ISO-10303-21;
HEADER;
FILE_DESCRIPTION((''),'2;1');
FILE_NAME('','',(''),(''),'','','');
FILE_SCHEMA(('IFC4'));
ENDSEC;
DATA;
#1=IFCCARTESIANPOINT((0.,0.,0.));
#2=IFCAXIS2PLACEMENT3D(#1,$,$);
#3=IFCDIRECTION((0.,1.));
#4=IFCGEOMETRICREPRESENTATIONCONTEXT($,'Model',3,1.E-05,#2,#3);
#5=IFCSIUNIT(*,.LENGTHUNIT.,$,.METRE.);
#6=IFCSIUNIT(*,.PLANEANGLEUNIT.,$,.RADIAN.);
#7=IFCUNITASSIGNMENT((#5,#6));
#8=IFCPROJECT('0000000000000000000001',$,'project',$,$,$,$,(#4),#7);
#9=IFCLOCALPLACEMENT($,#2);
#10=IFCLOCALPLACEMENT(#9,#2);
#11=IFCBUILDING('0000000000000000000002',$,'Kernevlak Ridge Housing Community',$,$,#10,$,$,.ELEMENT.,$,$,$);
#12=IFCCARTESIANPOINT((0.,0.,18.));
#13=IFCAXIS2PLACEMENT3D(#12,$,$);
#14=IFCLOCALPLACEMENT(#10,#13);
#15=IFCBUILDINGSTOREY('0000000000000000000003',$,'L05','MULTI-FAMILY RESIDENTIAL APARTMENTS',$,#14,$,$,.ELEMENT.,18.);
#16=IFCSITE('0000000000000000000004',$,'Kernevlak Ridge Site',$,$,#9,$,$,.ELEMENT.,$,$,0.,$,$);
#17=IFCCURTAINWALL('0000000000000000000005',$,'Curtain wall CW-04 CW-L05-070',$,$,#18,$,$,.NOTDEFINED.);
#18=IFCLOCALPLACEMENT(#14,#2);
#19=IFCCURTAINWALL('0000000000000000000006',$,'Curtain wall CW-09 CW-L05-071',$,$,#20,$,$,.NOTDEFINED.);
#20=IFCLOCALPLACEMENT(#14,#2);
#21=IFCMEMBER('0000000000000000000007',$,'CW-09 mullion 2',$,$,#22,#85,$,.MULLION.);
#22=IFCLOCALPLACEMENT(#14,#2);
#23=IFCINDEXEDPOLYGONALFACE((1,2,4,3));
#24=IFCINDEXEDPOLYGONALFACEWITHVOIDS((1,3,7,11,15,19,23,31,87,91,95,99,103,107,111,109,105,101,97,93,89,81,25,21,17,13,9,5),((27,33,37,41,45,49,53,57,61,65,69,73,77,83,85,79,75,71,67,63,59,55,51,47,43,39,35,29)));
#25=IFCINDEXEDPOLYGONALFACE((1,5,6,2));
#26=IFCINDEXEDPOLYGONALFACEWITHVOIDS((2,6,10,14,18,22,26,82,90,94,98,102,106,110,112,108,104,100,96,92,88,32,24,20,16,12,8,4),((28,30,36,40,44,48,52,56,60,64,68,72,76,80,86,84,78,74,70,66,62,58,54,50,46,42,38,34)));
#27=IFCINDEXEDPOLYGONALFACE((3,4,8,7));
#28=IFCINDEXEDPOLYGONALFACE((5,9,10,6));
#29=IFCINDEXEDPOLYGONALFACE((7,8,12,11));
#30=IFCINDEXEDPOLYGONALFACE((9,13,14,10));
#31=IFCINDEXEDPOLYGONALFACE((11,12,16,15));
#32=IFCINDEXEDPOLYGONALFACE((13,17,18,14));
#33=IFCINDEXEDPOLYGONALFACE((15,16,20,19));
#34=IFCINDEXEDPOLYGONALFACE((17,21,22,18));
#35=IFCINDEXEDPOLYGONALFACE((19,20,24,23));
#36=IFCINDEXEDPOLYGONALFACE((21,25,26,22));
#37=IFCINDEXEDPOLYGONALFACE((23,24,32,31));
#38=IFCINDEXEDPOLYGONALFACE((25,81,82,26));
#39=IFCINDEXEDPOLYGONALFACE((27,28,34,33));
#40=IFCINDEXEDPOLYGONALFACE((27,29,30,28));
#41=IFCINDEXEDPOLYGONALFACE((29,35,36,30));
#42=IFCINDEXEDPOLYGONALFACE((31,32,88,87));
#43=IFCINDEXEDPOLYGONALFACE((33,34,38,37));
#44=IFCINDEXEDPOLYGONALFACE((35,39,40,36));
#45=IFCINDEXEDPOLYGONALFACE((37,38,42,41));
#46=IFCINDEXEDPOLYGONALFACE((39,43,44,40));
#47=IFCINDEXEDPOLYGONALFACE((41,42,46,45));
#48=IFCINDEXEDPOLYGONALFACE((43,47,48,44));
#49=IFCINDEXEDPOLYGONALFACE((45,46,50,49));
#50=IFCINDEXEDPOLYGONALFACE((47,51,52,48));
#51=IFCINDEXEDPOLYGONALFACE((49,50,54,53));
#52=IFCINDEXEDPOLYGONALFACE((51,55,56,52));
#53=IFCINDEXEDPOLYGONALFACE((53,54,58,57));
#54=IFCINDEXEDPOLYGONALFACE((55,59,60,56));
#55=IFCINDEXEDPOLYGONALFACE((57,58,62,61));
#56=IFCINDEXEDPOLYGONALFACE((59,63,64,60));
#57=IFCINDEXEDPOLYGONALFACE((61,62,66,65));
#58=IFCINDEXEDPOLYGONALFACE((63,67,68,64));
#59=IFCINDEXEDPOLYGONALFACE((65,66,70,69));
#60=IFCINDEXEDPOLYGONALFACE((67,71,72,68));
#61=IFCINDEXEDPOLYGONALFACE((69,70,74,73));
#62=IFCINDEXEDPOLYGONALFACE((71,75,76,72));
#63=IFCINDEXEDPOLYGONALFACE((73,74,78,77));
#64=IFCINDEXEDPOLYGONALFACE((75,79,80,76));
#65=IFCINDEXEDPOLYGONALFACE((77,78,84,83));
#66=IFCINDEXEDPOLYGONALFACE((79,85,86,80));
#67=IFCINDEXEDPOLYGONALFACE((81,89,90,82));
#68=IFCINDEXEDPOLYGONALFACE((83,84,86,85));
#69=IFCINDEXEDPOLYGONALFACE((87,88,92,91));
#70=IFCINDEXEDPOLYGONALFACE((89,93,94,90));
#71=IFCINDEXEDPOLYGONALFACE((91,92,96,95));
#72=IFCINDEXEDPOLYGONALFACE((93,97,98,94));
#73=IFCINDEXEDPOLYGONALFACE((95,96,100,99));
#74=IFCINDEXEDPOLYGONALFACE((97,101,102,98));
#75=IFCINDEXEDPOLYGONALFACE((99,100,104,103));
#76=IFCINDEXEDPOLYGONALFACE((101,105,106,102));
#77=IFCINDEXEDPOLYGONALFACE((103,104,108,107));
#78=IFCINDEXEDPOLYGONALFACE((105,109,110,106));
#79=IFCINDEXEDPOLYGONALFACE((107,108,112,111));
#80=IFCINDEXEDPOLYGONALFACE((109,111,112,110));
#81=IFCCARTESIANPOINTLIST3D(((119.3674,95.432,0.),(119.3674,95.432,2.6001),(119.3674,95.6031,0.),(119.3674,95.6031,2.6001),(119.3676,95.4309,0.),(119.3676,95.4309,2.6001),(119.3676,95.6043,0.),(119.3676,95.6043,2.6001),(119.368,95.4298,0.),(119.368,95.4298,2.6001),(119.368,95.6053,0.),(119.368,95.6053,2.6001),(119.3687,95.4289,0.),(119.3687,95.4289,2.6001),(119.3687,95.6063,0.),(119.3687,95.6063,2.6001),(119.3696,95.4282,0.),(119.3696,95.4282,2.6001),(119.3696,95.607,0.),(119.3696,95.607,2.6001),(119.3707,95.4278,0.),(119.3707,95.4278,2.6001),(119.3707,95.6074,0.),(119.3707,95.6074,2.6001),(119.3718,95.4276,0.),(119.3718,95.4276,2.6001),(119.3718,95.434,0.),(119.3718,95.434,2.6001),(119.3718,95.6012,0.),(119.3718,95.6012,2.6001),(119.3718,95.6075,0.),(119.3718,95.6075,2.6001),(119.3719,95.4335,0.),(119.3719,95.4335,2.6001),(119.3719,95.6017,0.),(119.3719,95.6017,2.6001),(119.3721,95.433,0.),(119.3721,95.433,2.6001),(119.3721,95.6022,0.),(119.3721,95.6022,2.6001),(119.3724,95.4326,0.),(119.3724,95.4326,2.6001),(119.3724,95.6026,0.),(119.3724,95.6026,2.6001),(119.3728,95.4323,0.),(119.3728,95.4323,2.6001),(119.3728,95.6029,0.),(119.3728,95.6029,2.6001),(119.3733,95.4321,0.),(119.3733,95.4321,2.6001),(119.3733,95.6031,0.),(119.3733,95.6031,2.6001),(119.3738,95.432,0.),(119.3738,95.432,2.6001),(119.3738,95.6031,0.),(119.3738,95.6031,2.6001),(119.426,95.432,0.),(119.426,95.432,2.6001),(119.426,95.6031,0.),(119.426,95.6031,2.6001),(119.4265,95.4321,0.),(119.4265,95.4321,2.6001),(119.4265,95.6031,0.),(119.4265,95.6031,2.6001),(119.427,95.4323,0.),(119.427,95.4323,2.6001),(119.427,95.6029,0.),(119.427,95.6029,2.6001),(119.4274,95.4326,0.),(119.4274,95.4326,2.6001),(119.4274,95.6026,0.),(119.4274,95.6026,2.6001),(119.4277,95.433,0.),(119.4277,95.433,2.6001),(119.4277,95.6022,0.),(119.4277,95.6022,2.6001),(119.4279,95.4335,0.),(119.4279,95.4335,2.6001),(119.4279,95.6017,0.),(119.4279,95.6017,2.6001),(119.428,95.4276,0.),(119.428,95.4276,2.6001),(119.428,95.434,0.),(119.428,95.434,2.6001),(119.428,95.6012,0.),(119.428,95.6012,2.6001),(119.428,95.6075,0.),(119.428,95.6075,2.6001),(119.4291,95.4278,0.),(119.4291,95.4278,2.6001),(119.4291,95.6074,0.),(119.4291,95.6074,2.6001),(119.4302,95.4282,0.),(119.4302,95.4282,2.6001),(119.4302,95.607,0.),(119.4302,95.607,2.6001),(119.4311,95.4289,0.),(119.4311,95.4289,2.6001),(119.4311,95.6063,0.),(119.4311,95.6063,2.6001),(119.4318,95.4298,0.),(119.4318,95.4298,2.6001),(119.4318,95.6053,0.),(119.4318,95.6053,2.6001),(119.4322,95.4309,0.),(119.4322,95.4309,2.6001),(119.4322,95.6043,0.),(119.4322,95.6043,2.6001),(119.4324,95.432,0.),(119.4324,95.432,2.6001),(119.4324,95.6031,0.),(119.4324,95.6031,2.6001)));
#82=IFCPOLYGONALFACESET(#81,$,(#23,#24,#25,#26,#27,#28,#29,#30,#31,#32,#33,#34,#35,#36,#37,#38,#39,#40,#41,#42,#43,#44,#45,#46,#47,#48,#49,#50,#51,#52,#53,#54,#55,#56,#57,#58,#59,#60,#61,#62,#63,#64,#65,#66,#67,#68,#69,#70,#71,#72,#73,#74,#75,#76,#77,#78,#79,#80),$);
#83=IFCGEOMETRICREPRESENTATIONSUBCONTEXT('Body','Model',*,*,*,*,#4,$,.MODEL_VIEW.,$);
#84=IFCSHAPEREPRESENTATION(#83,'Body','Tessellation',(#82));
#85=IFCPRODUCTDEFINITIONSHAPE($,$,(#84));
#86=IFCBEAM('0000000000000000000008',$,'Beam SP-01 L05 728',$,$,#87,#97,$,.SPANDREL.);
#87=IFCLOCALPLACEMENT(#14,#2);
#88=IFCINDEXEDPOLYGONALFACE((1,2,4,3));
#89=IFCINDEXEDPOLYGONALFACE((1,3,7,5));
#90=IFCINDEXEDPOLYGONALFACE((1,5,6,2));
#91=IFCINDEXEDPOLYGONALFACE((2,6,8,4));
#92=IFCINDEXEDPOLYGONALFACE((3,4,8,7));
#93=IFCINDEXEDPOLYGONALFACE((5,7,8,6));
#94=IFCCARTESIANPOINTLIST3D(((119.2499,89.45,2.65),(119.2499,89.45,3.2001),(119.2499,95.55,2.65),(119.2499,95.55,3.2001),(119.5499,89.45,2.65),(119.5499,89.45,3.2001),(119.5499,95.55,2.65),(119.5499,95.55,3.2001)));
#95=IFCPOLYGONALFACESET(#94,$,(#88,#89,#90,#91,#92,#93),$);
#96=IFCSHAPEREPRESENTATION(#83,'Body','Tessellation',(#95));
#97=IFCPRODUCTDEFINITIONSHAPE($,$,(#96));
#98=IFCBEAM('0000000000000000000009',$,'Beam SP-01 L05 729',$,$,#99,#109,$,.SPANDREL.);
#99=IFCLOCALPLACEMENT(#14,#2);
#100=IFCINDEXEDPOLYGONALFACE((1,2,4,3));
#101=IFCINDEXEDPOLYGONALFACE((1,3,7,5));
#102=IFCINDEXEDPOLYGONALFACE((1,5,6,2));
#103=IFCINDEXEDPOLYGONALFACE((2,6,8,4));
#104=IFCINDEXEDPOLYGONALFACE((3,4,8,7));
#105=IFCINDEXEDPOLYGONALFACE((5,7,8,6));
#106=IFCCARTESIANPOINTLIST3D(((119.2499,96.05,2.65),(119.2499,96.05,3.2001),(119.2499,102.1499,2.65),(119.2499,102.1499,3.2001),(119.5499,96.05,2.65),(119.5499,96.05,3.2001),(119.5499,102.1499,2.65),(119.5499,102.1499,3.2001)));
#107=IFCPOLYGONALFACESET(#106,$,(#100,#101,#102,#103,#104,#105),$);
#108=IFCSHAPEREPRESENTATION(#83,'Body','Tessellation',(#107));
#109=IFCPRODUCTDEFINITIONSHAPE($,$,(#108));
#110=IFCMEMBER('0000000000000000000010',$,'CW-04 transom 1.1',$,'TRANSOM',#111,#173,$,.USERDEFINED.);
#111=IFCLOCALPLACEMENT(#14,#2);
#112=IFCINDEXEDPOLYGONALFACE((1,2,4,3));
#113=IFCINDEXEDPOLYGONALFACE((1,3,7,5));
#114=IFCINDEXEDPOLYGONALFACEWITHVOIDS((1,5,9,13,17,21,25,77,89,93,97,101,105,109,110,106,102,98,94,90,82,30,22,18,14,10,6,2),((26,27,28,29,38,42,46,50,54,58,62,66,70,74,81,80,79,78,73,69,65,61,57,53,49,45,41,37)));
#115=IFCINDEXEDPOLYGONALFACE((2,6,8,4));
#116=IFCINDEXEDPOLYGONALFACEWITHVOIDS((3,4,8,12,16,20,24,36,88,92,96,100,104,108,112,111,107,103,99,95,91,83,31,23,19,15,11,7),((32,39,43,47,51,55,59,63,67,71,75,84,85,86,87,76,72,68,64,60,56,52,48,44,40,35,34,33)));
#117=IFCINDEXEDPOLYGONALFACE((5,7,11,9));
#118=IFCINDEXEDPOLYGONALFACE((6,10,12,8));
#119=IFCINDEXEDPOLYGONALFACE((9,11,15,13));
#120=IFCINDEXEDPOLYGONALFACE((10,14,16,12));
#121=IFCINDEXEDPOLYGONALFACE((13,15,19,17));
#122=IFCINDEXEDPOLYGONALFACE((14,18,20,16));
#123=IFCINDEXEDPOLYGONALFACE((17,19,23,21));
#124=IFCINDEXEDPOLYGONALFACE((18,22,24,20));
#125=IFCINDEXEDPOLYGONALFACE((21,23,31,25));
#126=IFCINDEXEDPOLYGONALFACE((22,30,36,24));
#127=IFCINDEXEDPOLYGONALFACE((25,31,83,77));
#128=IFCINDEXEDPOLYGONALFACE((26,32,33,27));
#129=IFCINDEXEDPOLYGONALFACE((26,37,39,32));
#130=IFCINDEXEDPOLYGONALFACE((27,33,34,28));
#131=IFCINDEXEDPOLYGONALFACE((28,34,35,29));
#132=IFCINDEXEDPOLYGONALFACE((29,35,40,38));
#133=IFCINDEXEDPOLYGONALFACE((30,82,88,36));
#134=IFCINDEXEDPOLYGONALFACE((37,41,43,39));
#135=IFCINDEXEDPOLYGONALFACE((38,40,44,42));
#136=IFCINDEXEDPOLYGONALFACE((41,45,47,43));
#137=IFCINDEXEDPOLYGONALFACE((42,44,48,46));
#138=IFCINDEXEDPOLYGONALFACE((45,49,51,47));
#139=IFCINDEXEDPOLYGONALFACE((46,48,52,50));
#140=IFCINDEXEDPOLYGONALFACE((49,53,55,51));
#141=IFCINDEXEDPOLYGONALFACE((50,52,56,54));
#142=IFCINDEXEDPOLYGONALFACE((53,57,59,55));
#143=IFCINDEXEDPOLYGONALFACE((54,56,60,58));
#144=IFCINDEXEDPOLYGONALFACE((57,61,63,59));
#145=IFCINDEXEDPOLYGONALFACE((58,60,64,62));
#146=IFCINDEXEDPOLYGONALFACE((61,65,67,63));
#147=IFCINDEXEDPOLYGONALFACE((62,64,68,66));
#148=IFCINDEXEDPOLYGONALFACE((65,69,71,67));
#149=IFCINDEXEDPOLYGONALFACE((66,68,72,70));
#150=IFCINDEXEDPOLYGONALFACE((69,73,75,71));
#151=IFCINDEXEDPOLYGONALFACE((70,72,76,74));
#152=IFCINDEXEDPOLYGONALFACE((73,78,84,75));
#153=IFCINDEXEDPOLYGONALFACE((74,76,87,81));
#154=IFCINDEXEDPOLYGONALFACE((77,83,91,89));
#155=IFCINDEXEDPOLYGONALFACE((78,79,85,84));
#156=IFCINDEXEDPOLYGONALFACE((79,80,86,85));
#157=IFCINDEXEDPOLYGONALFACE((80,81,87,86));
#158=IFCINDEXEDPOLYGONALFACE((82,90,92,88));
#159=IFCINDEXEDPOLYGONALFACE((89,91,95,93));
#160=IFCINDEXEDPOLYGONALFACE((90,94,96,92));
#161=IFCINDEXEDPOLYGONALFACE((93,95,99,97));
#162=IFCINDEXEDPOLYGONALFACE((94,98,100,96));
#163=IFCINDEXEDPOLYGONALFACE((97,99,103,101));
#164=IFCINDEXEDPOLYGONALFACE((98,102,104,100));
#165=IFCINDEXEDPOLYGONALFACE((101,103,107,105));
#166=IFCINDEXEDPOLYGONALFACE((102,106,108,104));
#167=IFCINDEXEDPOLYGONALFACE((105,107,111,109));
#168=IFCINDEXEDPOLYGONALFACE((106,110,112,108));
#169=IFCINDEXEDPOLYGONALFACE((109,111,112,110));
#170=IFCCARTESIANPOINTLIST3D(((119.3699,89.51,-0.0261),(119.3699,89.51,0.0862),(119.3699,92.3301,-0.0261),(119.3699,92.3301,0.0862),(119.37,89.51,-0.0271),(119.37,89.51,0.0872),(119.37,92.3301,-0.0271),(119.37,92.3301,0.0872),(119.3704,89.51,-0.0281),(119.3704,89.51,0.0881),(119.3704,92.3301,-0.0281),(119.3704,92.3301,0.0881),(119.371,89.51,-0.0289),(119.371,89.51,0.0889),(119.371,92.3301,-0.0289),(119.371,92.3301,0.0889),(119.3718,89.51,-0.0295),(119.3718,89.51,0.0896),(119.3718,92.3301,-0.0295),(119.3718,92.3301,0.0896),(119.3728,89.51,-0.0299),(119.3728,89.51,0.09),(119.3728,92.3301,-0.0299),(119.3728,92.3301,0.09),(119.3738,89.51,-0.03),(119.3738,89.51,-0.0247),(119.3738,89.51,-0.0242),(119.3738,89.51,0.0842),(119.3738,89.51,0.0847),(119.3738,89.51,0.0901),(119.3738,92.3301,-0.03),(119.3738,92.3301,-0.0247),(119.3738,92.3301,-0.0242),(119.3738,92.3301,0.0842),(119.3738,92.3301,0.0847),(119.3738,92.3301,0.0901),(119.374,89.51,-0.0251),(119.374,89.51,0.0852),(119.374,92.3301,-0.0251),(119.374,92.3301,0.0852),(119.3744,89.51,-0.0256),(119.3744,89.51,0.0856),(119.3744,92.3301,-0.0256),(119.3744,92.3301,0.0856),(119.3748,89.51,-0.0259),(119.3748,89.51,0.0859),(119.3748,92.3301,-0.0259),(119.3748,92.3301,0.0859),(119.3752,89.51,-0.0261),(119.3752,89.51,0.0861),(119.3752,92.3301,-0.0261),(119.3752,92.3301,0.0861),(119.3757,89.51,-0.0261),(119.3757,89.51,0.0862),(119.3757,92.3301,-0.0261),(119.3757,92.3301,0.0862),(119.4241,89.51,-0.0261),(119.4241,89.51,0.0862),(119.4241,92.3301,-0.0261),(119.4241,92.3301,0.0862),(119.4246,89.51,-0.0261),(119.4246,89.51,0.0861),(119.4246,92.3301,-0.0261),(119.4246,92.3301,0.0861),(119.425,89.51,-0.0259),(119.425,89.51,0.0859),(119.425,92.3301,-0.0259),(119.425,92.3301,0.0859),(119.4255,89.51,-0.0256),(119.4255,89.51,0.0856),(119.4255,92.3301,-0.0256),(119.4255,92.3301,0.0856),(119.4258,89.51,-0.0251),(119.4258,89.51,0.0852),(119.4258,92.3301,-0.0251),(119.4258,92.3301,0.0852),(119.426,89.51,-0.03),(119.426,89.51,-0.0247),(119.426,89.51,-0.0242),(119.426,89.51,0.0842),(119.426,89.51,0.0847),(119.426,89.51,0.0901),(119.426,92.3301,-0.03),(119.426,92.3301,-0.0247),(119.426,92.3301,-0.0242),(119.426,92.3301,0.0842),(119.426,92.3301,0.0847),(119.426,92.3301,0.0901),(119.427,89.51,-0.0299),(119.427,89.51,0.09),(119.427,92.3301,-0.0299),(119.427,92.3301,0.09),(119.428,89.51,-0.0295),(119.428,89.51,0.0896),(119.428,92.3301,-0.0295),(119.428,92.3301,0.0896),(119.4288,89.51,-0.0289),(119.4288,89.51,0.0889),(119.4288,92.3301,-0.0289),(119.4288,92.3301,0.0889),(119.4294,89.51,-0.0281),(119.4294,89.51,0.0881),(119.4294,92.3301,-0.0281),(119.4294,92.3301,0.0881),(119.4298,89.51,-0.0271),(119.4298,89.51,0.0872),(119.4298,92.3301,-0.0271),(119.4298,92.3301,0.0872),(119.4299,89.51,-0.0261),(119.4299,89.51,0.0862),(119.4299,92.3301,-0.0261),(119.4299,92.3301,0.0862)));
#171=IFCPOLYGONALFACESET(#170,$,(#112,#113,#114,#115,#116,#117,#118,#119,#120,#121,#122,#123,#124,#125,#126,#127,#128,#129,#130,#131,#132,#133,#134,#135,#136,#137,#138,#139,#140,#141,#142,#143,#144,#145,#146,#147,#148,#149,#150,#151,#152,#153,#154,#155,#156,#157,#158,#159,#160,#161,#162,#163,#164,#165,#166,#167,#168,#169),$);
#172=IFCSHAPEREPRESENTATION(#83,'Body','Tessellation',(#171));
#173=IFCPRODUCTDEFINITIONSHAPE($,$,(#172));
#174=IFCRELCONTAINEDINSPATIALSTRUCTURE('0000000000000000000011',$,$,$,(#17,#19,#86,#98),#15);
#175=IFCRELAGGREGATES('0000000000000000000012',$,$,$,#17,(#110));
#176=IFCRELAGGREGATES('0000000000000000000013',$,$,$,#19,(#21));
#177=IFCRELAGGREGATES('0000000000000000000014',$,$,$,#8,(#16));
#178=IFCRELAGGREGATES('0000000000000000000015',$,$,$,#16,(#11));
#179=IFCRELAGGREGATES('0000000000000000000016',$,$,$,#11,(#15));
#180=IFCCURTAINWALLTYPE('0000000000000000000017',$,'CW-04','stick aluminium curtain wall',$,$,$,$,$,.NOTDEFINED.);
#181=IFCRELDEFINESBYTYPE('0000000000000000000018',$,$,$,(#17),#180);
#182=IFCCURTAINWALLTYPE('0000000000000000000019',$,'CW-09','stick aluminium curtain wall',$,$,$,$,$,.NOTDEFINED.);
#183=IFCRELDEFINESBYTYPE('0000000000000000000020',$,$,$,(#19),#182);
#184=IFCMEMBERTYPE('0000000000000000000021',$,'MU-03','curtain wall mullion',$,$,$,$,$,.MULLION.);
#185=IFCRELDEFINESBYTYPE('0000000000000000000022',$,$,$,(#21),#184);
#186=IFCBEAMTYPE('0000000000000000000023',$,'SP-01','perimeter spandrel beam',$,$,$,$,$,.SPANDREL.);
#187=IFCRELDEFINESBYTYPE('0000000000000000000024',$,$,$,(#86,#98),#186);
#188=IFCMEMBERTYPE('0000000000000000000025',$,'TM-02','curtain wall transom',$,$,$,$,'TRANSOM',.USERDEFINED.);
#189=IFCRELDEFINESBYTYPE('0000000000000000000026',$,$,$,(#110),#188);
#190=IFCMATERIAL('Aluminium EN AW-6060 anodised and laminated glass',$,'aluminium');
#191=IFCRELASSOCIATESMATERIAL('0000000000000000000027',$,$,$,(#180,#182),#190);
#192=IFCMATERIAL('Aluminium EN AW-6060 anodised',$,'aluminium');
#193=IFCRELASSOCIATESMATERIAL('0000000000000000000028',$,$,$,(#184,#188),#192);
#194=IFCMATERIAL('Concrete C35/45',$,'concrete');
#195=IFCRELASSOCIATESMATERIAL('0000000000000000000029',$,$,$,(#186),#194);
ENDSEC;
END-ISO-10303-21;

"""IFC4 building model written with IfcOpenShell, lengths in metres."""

from ifc_helpers import new_model, si_unit, direction, frame, origin, origin_2d, place, context, subcontext, project, spatial, rectangle, hollow_rectangle, extrude, material, material_profile, profile_set, type_object, element, aggregate, save


model = new_model("IFC4")

# Units and contexts
model_context = context("Model", 3, precision=1e-05, world=origin(), true_north=direction((0.0, 1.0)))
body_context = subcontext(model_context, "Body", "Model", "MODEL_VIEW")
ifc_project = project(units=[si_unit("LENGTHUNIT", "METRE"), si_unit("PLANEANGLEUNIT", "RADIAN")], contexts=[model_context])

# Site, building, storey
site_placement = place(None, origin())
site = spatial("IfcSite", under=ifc_project, at=site_placement, Name="Kernevlak Ridge Site", CompositionType="ELEMENT", RefElevation=0.0)
building_placement = place(site_placement, origin())
building = spatial("IfcBuilding", under=site, at=building_placement, Name="Kernevlak Ridge Housing Community", CompositionType="ELEMENT")
storey_placement = place(building_placement, frame((0.0, 0.0, 18.0)))
storey = spatial("IfcBuildingStorey", under=building, at=storey_placement, Name="L05", Description="MULTI-FAMILY RESIDENTIAL APARTMENTS", CompositionType="ELEMENT", Elevation=18.0)

# Shared definitions
ifc_material_1 = material(Name="Aluminium EN AW-6060 anodised and laminated glass", Category="aluminium")
ifc_material_2 = material(Name="Aluminium EN AW-6060 anodised", Category="aluminium")

# Curtain walls, member
curtain_wall_type_1 = type_object("IfcCurtainWallType", Name="CW-04", Description="stick aluminium curtain wall", PredefinedType="NOTDEFINED", material=ifc_material_1)
curtain_wall_1_placement = place(storey_placement, origin())
curtain_wall_1 = element("IfcCurtainWall", 1, at=curtain_wall_1_placement, inside=storey, type_object=curtain_wall_type_1, Name="Curtain wall CW-04 CW-L05-070", PredefinedType="NOTDEFINED")
curtain_wall_type_2 = type_object("IfcCurtainWallType", Name="CW-09", Description="stick aluminium curtain wall", PredefinedType="NOTDEFINED", material=ifc_material_1)
curtain_wall_2_placement = place(storey_placement, origin())
curtain_wall_2 = element("IfcCurtainWall", 2, at=curtain_wall_2_placement, inside=storey, type_object=curtain_wall_type_2, Name="Curtain wall CW-09 CW-L05-071", PredefinedType="NOTDEFINED")
ifc_material_profile_1 = material_profile(ifc_material_2, hollow_rectangle(XDim=0.0649, YDim=0.1799, WallThickness=0.0044, InnerFilletRadius=0.002, OuterFilletRadius=0.0044, at=origin_2d()), Name="ALU 65x180x4.5")
ifc_profile_set_1 = profile_set([ifc_material_profile_1], Name="Aluminium EN AW-6060 anodised")
member_type_1 = type_object("IfcMemberType", Name="MU-03", Description="curtain wall mullion", PredefinedType="MULLION", material=ifc_profile_set_1)
member_1_placement = place(storey_placement, frame((119.3999, 95.5176, 0.0), z_axis=(0.0, 0.0, 1.0), x_axis=(-1.0, 0.0, 0.0)))
member_1 = element("IfcMember", 3, at=member_1_placement, type_object=member_type_1, Name="CW-09 mullion 2", PredefinedType="MULLION", context=body_context, shape_type="SweptSolid", body=[
    extrude(hollow_rectangle(XDim=0.0649, YDim=0.1799, WallThickness=0.0044, InnerFilletRadius=0.002, OuterFilletRadius=0.0044, at=origin_2d()), origin(), (0.0, 0.0, 1.0), 2.6001),
])

# Beams
ifc_material_3 = material(Name="Concrete C35/45", Category="concrete")
ifc_material_profile_2 = material_profile(ifc_material_3, rectangle(XDim=0.3, YDim=0.55, at=origin_2d()), Name="RC 300x550")
ifc_profile_set_2 = profile_set([ifc_material_profile_2], Name="Concrete C35/45")
beam_type = type_object("IfcBeamType", Name="SP-01", Description="perimeter spandrel beam", PredefinedType="SPANDREL", material=ifc_profile_set_2)
beam_1_placement = place(storey_placement, frame((119.3999, 89.45, 2.925), z_axis=(0.0, 1.0, 0.0), x_axis=(-1.0, 0.0, 0.0)))
element("IfcBeam", 4, at=beam_1_placement, inside=storey, type_object=beam_type, Name="Beam SP-01 L05 728", PredefinedType="SPANDREL", context=body_context, shape_type="SweptSolid", body=[
    extrude(rectangle(XDim=0.3, YDim=0.55, at=origin_2d()), origin(), (0.0, 0.0, 1.0), 6.1001),
])
beam_2_placement = place(storey_placement, frame((119.3999, 96.05, 2.925), z_axis=(0.0, 1.0, 0.0), x_axis=(-1.0, 0.0, 0.0)))
element("IfcBeam", 5, at=beam_2_placement, inside=storey, type_object=beam_type, Name="Beam SP-01 L05 729", PredefinedType="SPANDREL", context=body_context, shape_type="SweptSolid", body=[
    extrude(rectangle(XDim=0.3, YDim=0.55, at=origin_2d()), origin(), (0.0, 0.0, 1.0), 6.0999),
])

# Member
ifc_material_profile_3 = material_profile(ifc_material_2, hollow_rectangle(XDim=0.0601, YDim=0.1201, WallThickness=0.0039, InnerFilletRadius=0.002, OuterFilletRadius=0.0039, at=origin_2d()), Name="ALU 60x120x4")
ifc_profile_set_3 = profile_set([ifc_material_profile_3], Name="Aluminium EN AW-6060 anodised")
member_type_2 = type_object("IfcMemberType", Name="TM-02", Description="curtain wall transom", ElementType="TRANSOM", PredefinedType="USERDEFINED", material=ifc_profile_set_3)
member_2_placement = place(storey_placement, frame((119.3999, 89.51, 0.03), z_axis=(0.0, 1.0, 0.0), x_axis=(-1.0, 0.0, 0.0)))
member_2 = element("IfcMember", 6, at=member_2_placement, type_object=member_type_2, Name="CW-04 transom 1.1", ObjectType="TRANSOM", PredefinedType="USERDEFINED", context=body_context, shape_type="SweptSolid", body=[
    extrude(hollow_rectangle(XDim=0.0601, YDim=0.1201, WallThickness=0.0039, InnerFilletRadius=0.002, OuterFilletRadius=0.0039, at=origin_2d()), origin(), (0.0, 0.0, 1.0), 2.8201),
])

aggregate(curtain_wall_1, [member_2])
aggregate(curtain_wall_2, [member_1])

save(model, "model.ifc")
